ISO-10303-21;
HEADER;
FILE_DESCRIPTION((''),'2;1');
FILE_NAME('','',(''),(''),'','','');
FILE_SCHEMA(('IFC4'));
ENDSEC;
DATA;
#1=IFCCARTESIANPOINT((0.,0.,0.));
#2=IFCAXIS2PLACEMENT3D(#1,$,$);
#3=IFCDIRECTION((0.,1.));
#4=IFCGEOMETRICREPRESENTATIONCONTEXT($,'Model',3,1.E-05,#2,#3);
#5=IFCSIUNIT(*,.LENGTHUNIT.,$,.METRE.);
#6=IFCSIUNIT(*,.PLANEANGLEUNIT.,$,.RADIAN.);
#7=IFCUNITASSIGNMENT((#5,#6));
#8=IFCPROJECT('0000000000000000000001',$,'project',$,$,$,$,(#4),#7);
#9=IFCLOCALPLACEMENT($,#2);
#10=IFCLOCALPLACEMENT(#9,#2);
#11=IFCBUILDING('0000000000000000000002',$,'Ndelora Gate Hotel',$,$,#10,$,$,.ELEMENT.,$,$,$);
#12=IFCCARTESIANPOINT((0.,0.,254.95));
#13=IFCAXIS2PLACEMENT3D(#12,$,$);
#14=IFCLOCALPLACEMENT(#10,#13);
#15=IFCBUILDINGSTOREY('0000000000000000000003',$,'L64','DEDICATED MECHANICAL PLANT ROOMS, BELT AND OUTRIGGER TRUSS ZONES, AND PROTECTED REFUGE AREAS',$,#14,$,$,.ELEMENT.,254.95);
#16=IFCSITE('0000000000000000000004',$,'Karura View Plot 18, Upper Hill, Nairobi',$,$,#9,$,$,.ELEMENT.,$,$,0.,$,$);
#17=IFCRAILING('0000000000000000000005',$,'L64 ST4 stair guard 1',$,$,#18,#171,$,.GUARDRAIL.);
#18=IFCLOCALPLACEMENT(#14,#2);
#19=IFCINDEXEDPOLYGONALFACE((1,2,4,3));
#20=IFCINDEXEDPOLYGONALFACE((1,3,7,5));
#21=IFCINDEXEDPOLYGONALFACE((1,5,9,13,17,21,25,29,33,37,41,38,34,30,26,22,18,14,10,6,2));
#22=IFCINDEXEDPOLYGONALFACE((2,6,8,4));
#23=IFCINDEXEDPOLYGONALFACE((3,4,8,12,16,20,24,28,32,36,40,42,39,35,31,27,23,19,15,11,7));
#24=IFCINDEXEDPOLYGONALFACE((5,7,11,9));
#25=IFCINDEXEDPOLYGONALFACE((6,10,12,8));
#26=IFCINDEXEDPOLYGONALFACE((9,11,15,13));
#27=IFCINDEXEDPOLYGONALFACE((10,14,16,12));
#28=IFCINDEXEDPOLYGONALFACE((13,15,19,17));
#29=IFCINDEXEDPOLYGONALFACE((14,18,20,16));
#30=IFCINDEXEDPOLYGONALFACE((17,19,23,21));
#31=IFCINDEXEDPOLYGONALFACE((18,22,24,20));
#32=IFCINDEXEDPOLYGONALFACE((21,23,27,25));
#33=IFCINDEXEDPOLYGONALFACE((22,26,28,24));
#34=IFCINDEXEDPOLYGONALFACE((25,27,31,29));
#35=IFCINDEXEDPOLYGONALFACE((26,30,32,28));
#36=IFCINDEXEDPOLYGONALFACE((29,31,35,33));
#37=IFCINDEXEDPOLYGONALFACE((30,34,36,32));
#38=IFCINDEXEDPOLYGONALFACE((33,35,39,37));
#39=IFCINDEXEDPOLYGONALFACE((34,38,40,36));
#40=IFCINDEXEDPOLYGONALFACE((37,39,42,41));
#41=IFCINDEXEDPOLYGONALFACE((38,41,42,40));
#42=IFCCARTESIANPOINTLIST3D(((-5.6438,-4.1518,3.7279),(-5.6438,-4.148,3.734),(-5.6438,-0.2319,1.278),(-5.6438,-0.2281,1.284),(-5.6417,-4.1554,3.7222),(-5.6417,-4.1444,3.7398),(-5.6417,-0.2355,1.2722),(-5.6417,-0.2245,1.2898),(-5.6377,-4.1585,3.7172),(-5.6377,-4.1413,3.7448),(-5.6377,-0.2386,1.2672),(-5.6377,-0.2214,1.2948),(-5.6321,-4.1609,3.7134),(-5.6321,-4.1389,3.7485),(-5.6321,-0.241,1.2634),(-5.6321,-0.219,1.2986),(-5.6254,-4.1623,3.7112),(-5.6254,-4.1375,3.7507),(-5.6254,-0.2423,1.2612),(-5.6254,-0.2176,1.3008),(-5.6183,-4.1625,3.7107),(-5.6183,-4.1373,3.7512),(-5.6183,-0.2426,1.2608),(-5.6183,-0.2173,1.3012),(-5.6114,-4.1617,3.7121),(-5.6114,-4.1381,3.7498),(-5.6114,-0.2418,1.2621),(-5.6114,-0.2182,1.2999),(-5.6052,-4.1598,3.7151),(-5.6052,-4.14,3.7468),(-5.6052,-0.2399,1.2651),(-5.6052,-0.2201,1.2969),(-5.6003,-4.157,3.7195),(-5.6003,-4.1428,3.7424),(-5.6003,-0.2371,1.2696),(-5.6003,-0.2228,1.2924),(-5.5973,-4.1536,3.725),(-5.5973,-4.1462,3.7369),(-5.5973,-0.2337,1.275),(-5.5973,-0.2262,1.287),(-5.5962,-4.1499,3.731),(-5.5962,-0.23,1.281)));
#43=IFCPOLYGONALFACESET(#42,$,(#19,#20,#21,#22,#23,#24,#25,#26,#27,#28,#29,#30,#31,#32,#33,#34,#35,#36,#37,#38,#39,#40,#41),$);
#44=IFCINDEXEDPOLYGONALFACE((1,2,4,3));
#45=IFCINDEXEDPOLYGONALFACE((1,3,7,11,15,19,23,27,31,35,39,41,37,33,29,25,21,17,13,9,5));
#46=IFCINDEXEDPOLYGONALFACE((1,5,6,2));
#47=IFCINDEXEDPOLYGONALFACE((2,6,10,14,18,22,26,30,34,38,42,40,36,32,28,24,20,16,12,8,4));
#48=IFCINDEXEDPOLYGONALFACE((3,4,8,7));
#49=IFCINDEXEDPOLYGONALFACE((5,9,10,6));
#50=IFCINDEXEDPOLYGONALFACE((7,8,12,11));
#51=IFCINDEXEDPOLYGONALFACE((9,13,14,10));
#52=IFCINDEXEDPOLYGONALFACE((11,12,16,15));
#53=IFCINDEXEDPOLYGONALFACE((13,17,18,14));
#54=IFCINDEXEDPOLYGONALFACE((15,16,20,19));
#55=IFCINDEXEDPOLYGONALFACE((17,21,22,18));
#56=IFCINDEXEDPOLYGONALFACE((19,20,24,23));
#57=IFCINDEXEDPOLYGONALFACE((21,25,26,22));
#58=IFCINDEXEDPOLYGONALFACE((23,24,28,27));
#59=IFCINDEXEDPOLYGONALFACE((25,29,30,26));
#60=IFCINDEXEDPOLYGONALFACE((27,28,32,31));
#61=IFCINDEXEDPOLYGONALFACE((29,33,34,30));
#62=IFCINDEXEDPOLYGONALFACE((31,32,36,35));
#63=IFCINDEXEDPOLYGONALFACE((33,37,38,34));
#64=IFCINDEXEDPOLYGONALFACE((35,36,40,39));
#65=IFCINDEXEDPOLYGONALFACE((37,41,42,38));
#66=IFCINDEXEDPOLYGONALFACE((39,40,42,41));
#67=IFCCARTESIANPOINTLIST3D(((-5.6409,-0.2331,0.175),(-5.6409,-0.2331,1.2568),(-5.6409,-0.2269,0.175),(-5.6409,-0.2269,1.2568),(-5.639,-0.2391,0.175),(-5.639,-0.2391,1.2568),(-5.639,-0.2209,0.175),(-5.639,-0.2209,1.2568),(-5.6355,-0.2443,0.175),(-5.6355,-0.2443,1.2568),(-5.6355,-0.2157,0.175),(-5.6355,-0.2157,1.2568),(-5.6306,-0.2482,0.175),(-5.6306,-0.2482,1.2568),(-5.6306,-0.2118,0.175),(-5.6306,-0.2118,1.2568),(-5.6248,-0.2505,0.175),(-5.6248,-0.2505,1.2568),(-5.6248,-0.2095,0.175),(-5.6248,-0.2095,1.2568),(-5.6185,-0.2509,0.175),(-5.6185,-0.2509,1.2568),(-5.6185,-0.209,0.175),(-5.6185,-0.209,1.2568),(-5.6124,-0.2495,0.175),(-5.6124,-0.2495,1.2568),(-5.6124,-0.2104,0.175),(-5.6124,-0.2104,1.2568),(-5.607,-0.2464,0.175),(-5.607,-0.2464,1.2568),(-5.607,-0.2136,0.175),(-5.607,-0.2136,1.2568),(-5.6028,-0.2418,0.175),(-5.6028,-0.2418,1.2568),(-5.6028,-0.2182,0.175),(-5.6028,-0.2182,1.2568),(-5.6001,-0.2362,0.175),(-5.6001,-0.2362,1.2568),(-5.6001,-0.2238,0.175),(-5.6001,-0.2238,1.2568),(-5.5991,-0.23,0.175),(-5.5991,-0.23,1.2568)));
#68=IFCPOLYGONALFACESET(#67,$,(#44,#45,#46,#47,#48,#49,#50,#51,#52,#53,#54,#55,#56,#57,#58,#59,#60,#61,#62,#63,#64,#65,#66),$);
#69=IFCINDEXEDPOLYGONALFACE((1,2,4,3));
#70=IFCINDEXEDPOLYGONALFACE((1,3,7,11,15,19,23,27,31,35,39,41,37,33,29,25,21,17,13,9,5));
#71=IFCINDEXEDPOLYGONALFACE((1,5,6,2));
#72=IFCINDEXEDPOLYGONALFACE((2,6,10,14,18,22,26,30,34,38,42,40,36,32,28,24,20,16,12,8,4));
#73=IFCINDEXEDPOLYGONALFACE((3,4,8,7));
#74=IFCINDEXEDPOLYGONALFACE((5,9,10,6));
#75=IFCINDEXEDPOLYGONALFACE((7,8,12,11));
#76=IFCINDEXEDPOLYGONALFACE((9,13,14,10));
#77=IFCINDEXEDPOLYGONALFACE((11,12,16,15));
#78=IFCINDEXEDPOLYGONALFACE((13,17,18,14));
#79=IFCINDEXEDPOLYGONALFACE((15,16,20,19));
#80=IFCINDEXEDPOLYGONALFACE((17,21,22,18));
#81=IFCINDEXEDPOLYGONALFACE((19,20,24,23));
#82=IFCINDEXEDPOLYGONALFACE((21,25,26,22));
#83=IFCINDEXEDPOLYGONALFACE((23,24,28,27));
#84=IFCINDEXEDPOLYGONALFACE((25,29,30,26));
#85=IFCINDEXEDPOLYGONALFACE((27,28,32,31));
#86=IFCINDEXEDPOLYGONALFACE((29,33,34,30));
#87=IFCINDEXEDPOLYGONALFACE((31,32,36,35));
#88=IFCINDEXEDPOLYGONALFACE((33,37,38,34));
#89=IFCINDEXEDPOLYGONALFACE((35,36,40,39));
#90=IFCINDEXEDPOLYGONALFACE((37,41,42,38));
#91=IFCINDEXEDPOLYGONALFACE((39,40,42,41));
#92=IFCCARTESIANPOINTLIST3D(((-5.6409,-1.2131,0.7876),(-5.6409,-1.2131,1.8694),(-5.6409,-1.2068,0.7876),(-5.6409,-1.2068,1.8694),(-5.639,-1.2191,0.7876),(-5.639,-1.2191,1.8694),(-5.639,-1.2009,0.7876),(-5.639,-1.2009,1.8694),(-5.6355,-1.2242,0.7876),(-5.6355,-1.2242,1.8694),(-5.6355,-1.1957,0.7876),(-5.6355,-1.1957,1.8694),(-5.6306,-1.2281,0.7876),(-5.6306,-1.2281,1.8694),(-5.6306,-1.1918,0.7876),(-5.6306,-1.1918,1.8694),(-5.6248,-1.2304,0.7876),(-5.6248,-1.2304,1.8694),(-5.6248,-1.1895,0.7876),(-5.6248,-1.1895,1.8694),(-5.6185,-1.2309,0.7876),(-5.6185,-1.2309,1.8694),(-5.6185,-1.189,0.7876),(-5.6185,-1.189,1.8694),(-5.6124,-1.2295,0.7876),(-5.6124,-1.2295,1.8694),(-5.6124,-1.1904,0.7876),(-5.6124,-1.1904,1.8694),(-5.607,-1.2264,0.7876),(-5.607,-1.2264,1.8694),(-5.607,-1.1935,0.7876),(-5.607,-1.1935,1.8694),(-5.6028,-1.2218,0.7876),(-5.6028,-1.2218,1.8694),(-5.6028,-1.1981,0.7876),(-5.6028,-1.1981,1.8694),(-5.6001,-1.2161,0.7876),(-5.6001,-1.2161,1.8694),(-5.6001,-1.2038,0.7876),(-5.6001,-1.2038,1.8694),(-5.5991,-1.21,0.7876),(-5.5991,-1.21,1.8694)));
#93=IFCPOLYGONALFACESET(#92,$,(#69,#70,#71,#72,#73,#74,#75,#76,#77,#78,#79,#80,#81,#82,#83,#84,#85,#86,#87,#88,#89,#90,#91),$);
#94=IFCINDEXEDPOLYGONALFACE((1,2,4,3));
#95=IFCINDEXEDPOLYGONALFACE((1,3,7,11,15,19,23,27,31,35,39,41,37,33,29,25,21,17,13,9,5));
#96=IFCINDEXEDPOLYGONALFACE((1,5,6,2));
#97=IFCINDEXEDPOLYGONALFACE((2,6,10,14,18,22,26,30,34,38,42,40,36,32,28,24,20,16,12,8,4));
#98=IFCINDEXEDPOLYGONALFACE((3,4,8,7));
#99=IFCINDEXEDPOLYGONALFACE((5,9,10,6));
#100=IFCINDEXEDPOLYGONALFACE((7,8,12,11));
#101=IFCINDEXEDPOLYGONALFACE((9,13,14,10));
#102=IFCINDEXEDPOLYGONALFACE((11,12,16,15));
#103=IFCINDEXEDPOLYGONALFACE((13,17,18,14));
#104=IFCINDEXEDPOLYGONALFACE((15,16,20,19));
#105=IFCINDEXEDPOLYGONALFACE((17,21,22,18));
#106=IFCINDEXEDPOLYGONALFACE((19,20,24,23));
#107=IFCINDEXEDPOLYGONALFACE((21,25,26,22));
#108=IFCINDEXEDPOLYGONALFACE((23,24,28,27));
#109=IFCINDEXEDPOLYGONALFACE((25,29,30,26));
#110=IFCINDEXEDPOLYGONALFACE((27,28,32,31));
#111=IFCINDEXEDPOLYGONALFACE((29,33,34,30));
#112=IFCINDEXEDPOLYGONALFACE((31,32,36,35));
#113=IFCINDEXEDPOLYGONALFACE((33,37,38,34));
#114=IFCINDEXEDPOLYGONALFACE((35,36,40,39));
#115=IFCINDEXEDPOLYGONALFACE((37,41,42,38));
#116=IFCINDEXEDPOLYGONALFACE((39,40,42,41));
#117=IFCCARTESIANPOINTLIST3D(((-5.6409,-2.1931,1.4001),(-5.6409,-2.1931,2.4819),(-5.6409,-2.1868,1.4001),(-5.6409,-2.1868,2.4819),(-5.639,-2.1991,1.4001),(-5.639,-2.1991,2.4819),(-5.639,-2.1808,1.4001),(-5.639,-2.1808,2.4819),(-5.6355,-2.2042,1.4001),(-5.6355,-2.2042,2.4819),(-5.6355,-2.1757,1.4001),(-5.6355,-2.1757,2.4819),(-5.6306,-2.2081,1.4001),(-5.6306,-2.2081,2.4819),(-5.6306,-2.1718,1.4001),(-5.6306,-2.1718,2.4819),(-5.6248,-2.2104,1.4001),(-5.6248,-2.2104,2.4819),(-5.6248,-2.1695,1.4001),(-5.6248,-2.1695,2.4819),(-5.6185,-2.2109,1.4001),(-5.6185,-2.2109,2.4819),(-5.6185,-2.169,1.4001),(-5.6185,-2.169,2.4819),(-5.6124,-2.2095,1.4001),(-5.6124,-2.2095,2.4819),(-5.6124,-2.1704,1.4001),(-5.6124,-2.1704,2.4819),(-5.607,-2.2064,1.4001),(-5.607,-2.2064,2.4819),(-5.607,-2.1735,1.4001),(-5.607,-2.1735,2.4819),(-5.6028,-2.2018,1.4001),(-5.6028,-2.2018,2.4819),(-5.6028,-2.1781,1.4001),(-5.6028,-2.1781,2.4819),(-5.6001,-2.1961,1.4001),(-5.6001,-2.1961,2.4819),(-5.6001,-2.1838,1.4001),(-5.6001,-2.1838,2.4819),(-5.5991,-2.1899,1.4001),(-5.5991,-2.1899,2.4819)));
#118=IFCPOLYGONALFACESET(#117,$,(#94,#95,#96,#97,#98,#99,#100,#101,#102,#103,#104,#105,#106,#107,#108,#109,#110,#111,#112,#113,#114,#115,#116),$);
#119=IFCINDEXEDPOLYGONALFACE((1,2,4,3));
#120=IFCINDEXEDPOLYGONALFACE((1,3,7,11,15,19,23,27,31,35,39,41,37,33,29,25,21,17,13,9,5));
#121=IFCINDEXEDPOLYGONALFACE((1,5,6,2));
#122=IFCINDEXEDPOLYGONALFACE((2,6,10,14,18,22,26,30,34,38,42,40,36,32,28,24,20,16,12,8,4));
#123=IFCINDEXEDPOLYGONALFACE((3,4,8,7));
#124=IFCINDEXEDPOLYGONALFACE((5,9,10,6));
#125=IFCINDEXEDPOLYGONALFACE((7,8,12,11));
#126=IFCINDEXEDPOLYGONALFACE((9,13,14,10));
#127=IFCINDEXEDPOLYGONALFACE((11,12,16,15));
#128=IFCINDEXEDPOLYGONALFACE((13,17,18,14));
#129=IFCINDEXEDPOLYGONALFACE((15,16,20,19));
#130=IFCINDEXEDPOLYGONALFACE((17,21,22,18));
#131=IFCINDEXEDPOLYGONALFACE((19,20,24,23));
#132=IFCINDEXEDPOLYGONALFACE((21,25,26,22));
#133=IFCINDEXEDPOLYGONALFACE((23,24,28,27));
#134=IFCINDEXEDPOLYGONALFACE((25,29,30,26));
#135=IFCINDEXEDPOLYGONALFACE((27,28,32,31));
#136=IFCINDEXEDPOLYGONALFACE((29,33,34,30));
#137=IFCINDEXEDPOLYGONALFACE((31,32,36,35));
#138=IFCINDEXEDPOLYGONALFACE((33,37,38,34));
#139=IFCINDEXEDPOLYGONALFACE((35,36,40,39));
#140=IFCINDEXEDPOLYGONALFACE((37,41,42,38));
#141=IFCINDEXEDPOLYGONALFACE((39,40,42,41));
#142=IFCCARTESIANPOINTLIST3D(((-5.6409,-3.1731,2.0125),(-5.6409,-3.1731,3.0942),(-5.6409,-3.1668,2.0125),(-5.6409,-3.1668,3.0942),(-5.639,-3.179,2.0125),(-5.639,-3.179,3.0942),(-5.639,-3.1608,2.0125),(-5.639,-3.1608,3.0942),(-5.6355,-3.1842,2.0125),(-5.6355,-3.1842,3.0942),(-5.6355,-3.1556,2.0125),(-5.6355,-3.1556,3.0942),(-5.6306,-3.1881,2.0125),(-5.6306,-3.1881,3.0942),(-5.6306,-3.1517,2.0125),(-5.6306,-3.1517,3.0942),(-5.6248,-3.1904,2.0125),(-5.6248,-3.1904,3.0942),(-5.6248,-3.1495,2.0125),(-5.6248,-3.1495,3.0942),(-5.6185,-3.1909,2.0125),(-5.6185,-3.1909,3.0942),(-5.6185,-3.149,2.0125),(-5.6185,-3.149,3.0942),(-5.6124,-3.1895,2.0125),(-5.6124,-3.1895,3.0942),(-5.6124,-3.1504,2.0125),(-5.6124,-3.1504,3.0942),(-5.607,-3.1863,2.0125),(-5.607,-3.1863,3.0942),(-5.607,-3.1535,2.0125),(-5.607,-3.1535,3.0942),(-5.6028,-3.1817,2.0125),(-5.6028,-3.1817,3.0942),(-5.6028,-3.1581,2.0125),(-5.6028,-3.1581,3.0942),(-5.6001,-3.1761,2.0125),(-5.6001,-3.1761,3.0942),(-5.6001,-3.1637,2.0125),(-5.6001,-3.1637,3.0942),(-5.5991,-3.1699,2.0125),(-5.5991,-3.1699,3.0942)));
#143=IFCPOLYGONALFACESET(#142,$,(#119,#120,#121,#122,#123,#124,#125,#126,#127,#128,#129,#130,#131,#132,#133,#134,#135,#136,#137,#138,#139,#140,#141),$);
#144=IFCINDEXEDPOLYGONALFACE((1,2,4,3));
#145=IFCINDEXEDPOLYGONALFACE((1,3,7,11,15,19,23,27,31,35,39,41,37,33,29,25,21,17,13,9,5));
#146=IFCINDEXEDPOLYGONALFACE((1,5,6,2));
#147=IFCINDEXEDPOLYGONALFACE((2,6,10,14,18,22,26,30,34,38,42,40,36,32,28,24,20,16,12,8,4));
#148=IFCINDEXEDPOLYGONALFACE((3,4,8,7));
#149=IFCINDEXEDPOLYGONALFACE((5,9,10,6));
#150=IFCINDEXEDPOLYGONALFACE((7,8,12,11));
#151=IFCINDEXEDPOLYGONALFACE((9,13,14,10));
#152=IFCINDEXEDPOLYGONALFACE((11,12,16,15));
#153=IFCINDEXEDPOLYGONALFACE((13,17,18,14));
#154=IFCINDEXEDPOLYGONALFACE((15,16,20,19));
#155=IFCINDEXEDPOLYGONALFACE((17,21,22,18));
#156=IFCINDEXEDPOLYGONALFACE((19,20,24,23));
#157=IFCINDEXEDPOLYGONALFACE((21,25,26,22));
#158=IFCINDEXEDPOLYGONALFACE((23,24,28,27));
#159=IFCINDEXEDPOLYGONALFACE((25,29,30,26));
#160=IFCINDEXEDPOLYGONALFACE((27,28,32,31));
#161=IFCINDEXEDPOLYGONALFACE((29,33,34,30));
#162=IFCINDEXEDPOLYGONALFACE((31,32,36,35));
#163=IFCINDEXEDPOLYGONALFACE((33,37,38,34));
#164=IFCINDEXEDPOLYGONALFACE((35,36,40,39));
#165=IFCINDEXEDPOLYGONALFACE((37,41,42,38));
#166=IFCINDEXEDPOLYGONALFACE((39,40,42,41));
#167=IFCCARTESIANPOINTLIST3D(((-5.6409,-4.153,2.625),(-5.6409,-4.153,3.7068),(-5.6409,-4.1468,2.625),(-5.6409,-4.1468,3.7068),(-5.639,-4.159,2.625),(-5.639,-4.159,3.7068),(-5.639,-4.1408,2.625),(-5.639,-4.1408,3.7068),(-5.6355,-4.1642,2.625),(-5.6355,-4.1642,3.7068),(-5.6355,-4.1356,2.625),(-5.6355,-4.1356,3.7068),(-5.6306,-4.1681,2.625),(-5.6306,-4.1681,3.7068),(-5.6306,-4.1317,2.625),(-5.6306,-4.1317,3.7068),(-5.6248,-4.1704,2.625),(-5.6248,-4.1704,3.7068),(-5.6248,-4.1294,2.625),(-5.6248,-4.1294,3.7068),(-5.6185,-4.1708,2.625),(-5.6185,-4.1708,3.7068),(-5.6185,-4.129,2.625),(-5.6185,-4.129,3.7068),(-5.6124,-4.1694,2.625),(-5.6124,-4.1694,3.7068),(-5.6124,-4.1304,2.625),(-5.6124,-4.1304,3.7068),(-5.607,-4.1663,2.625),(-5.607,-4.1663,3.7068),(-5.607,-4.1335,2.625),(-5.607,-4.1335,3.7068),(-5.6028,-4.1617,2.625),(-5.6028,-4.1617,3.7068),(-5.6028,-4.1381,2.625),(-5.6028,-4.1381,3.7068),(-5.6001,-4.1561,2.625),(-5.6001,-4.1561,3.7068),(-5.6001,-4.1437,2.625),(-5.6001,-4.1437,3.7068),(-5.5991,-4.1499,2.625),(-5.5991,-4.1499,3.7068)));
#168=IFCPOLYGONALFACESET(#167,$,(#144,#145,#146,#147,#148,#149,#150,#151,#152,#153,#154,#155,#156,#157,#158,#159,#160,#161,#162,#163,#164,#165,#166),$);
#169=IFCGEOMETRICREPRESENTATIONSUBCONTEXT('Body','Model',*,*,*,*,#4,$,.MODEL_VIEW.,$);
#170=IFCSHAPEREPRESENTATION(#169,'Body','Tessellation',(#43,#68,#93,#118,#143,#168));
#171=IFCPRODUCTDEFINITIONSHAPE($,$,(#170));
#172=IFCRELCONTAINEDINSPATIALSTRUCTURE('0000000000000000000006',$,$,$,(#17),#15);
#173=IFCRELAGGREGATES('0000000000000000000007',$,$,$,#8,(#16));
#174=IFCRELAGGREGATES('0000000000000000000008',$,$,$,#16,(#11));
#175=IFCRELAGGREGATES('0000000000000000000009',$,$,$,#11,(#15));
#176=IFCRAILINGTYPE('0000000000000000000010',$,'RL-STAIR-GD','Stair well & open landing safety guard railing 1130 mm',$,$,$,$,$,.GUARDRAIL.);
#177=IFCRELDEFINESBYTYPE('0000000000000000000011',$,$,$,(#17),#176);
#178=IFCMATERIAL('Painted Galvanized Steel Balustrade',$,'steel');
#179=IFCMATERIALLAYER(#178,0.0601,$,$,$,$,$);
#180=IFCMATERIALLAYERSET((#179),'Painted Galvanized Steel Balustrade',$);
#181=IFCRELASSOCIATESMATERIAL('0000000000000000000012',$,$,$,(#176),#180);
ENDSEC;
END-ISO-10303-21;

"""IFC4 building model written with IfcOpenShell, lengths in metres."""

from ifc_helpers import new_model, si_unit, direction, frame, origin, origin_2d, place, context, subcontext, project, spatial, circle, extrude, material, layer, layer_set, type_object, element, save


model = new_model("IFC4")

# Units and contexts
model_context = context("Model", 3, precision=1e-05, world=origin(), true_north=direction((0.0, 1.0)))
body_context = subcontext(model_context, "Body", "Model", "MODEL_VIEW")
ifc_project = project(units=[si_unit("LENGTHUNIT", "METRE"), si_unit("PLANEANGLEUNIT", "RADIAN")], contexts=[model_context])

# Site, building, storey
site_placement = place(None, origin())
site = spatial("IfcSite", under=ifc_project, at=site_placement, Name="Karura View Plot 18, Upper Hill, Nairobi", CompositionType="ELEMENT", RefElevation=0.0)
building_placement = place(site_placement, origin())
building = spatial("IfcBuilding", under=site, at=building_placement, Name="Ndelora Gate Hotel", CompositionType="ELEMENT")
storey_placement = place(building_placement, frame((0.0, 0.0, 254.95)))
storey = spatial("IfcBuildingStorey", under=building, at=storey_placement, Name="L64", Description="DEDICATED MECHANICAL PLANT ROOMS, BELT AND OUTRIGGER TRUSS ZONES, AND PROTECTED REFUGE AREAS", CompositionType="ELEMENT", Elevation=254.95)

# Railing
ifc_material_1 = material(Name="Painted Galvanized Steel Balustrade", Category="steel")
ifc_layer_1 = layer(ifc_material_1, 0.0601)
ifc_layer_set_1 = layer_set([ifc_layer_1], Name="Painted Galvanized Steel Balustrade")
railing_type_1 = type_object("IfcRailingType", Name="RL-STAIR-GD", Description="Stair well & open landing safety guard railing 1130 mm", PredefinedType="GUARDRAIL", material=ifc_layer_set_1)
railing_1_placement = place(storey_placement, frame((-5.6201, -0.23, 0.175)))
element("IfcRailing", 1, at=railing_1_placement, inside=storey, type_object=railing_type_1, Name="L64 ST4 stair guard 1", PredefinedType="GUARDRAIL", context=body_context, shape_type="SweptSolid", body=[
    extrude(circle(Radius=0.0239, at=origin_2d()), frame((0.0, 0.0, 1.106), z_axis=(0.0, -0.847998, 0.529999), x_axis=(1.0, 0.0, 0.0)), (0.0, 0.0, 1.0), 4.6226),
    extrude(circle(Radius=0.021, at=origin_2d()), origin(), (0.0, 0.0, 1.0), 1.0818),
    extrude(circle(Radius=0.021, at=origin_2d()), frame((0.0, -0.98, 0.6125)), (0.0, 0.0, 1.0), 1.0818),
    extrude(circle(Radius=0.021, at=origin_2d()), frame((0.0, -1.96, 1.2251)), (0.0, 0.0, 1.0), 1.0818),
    extrude(circle(Radius=0.021, at=origin_2d()), frame((0.0, -2.9399, 1.8374)), (0.0, 0.0, 1.0), 1.0818),
    extrude(circle(Radius=0.021, at=origin_2d()), frame((0.0, -3.9199, 2.45)), (0.0, 0.0, 1.0), 1.0818),
])

save(model, "model.ifc")
